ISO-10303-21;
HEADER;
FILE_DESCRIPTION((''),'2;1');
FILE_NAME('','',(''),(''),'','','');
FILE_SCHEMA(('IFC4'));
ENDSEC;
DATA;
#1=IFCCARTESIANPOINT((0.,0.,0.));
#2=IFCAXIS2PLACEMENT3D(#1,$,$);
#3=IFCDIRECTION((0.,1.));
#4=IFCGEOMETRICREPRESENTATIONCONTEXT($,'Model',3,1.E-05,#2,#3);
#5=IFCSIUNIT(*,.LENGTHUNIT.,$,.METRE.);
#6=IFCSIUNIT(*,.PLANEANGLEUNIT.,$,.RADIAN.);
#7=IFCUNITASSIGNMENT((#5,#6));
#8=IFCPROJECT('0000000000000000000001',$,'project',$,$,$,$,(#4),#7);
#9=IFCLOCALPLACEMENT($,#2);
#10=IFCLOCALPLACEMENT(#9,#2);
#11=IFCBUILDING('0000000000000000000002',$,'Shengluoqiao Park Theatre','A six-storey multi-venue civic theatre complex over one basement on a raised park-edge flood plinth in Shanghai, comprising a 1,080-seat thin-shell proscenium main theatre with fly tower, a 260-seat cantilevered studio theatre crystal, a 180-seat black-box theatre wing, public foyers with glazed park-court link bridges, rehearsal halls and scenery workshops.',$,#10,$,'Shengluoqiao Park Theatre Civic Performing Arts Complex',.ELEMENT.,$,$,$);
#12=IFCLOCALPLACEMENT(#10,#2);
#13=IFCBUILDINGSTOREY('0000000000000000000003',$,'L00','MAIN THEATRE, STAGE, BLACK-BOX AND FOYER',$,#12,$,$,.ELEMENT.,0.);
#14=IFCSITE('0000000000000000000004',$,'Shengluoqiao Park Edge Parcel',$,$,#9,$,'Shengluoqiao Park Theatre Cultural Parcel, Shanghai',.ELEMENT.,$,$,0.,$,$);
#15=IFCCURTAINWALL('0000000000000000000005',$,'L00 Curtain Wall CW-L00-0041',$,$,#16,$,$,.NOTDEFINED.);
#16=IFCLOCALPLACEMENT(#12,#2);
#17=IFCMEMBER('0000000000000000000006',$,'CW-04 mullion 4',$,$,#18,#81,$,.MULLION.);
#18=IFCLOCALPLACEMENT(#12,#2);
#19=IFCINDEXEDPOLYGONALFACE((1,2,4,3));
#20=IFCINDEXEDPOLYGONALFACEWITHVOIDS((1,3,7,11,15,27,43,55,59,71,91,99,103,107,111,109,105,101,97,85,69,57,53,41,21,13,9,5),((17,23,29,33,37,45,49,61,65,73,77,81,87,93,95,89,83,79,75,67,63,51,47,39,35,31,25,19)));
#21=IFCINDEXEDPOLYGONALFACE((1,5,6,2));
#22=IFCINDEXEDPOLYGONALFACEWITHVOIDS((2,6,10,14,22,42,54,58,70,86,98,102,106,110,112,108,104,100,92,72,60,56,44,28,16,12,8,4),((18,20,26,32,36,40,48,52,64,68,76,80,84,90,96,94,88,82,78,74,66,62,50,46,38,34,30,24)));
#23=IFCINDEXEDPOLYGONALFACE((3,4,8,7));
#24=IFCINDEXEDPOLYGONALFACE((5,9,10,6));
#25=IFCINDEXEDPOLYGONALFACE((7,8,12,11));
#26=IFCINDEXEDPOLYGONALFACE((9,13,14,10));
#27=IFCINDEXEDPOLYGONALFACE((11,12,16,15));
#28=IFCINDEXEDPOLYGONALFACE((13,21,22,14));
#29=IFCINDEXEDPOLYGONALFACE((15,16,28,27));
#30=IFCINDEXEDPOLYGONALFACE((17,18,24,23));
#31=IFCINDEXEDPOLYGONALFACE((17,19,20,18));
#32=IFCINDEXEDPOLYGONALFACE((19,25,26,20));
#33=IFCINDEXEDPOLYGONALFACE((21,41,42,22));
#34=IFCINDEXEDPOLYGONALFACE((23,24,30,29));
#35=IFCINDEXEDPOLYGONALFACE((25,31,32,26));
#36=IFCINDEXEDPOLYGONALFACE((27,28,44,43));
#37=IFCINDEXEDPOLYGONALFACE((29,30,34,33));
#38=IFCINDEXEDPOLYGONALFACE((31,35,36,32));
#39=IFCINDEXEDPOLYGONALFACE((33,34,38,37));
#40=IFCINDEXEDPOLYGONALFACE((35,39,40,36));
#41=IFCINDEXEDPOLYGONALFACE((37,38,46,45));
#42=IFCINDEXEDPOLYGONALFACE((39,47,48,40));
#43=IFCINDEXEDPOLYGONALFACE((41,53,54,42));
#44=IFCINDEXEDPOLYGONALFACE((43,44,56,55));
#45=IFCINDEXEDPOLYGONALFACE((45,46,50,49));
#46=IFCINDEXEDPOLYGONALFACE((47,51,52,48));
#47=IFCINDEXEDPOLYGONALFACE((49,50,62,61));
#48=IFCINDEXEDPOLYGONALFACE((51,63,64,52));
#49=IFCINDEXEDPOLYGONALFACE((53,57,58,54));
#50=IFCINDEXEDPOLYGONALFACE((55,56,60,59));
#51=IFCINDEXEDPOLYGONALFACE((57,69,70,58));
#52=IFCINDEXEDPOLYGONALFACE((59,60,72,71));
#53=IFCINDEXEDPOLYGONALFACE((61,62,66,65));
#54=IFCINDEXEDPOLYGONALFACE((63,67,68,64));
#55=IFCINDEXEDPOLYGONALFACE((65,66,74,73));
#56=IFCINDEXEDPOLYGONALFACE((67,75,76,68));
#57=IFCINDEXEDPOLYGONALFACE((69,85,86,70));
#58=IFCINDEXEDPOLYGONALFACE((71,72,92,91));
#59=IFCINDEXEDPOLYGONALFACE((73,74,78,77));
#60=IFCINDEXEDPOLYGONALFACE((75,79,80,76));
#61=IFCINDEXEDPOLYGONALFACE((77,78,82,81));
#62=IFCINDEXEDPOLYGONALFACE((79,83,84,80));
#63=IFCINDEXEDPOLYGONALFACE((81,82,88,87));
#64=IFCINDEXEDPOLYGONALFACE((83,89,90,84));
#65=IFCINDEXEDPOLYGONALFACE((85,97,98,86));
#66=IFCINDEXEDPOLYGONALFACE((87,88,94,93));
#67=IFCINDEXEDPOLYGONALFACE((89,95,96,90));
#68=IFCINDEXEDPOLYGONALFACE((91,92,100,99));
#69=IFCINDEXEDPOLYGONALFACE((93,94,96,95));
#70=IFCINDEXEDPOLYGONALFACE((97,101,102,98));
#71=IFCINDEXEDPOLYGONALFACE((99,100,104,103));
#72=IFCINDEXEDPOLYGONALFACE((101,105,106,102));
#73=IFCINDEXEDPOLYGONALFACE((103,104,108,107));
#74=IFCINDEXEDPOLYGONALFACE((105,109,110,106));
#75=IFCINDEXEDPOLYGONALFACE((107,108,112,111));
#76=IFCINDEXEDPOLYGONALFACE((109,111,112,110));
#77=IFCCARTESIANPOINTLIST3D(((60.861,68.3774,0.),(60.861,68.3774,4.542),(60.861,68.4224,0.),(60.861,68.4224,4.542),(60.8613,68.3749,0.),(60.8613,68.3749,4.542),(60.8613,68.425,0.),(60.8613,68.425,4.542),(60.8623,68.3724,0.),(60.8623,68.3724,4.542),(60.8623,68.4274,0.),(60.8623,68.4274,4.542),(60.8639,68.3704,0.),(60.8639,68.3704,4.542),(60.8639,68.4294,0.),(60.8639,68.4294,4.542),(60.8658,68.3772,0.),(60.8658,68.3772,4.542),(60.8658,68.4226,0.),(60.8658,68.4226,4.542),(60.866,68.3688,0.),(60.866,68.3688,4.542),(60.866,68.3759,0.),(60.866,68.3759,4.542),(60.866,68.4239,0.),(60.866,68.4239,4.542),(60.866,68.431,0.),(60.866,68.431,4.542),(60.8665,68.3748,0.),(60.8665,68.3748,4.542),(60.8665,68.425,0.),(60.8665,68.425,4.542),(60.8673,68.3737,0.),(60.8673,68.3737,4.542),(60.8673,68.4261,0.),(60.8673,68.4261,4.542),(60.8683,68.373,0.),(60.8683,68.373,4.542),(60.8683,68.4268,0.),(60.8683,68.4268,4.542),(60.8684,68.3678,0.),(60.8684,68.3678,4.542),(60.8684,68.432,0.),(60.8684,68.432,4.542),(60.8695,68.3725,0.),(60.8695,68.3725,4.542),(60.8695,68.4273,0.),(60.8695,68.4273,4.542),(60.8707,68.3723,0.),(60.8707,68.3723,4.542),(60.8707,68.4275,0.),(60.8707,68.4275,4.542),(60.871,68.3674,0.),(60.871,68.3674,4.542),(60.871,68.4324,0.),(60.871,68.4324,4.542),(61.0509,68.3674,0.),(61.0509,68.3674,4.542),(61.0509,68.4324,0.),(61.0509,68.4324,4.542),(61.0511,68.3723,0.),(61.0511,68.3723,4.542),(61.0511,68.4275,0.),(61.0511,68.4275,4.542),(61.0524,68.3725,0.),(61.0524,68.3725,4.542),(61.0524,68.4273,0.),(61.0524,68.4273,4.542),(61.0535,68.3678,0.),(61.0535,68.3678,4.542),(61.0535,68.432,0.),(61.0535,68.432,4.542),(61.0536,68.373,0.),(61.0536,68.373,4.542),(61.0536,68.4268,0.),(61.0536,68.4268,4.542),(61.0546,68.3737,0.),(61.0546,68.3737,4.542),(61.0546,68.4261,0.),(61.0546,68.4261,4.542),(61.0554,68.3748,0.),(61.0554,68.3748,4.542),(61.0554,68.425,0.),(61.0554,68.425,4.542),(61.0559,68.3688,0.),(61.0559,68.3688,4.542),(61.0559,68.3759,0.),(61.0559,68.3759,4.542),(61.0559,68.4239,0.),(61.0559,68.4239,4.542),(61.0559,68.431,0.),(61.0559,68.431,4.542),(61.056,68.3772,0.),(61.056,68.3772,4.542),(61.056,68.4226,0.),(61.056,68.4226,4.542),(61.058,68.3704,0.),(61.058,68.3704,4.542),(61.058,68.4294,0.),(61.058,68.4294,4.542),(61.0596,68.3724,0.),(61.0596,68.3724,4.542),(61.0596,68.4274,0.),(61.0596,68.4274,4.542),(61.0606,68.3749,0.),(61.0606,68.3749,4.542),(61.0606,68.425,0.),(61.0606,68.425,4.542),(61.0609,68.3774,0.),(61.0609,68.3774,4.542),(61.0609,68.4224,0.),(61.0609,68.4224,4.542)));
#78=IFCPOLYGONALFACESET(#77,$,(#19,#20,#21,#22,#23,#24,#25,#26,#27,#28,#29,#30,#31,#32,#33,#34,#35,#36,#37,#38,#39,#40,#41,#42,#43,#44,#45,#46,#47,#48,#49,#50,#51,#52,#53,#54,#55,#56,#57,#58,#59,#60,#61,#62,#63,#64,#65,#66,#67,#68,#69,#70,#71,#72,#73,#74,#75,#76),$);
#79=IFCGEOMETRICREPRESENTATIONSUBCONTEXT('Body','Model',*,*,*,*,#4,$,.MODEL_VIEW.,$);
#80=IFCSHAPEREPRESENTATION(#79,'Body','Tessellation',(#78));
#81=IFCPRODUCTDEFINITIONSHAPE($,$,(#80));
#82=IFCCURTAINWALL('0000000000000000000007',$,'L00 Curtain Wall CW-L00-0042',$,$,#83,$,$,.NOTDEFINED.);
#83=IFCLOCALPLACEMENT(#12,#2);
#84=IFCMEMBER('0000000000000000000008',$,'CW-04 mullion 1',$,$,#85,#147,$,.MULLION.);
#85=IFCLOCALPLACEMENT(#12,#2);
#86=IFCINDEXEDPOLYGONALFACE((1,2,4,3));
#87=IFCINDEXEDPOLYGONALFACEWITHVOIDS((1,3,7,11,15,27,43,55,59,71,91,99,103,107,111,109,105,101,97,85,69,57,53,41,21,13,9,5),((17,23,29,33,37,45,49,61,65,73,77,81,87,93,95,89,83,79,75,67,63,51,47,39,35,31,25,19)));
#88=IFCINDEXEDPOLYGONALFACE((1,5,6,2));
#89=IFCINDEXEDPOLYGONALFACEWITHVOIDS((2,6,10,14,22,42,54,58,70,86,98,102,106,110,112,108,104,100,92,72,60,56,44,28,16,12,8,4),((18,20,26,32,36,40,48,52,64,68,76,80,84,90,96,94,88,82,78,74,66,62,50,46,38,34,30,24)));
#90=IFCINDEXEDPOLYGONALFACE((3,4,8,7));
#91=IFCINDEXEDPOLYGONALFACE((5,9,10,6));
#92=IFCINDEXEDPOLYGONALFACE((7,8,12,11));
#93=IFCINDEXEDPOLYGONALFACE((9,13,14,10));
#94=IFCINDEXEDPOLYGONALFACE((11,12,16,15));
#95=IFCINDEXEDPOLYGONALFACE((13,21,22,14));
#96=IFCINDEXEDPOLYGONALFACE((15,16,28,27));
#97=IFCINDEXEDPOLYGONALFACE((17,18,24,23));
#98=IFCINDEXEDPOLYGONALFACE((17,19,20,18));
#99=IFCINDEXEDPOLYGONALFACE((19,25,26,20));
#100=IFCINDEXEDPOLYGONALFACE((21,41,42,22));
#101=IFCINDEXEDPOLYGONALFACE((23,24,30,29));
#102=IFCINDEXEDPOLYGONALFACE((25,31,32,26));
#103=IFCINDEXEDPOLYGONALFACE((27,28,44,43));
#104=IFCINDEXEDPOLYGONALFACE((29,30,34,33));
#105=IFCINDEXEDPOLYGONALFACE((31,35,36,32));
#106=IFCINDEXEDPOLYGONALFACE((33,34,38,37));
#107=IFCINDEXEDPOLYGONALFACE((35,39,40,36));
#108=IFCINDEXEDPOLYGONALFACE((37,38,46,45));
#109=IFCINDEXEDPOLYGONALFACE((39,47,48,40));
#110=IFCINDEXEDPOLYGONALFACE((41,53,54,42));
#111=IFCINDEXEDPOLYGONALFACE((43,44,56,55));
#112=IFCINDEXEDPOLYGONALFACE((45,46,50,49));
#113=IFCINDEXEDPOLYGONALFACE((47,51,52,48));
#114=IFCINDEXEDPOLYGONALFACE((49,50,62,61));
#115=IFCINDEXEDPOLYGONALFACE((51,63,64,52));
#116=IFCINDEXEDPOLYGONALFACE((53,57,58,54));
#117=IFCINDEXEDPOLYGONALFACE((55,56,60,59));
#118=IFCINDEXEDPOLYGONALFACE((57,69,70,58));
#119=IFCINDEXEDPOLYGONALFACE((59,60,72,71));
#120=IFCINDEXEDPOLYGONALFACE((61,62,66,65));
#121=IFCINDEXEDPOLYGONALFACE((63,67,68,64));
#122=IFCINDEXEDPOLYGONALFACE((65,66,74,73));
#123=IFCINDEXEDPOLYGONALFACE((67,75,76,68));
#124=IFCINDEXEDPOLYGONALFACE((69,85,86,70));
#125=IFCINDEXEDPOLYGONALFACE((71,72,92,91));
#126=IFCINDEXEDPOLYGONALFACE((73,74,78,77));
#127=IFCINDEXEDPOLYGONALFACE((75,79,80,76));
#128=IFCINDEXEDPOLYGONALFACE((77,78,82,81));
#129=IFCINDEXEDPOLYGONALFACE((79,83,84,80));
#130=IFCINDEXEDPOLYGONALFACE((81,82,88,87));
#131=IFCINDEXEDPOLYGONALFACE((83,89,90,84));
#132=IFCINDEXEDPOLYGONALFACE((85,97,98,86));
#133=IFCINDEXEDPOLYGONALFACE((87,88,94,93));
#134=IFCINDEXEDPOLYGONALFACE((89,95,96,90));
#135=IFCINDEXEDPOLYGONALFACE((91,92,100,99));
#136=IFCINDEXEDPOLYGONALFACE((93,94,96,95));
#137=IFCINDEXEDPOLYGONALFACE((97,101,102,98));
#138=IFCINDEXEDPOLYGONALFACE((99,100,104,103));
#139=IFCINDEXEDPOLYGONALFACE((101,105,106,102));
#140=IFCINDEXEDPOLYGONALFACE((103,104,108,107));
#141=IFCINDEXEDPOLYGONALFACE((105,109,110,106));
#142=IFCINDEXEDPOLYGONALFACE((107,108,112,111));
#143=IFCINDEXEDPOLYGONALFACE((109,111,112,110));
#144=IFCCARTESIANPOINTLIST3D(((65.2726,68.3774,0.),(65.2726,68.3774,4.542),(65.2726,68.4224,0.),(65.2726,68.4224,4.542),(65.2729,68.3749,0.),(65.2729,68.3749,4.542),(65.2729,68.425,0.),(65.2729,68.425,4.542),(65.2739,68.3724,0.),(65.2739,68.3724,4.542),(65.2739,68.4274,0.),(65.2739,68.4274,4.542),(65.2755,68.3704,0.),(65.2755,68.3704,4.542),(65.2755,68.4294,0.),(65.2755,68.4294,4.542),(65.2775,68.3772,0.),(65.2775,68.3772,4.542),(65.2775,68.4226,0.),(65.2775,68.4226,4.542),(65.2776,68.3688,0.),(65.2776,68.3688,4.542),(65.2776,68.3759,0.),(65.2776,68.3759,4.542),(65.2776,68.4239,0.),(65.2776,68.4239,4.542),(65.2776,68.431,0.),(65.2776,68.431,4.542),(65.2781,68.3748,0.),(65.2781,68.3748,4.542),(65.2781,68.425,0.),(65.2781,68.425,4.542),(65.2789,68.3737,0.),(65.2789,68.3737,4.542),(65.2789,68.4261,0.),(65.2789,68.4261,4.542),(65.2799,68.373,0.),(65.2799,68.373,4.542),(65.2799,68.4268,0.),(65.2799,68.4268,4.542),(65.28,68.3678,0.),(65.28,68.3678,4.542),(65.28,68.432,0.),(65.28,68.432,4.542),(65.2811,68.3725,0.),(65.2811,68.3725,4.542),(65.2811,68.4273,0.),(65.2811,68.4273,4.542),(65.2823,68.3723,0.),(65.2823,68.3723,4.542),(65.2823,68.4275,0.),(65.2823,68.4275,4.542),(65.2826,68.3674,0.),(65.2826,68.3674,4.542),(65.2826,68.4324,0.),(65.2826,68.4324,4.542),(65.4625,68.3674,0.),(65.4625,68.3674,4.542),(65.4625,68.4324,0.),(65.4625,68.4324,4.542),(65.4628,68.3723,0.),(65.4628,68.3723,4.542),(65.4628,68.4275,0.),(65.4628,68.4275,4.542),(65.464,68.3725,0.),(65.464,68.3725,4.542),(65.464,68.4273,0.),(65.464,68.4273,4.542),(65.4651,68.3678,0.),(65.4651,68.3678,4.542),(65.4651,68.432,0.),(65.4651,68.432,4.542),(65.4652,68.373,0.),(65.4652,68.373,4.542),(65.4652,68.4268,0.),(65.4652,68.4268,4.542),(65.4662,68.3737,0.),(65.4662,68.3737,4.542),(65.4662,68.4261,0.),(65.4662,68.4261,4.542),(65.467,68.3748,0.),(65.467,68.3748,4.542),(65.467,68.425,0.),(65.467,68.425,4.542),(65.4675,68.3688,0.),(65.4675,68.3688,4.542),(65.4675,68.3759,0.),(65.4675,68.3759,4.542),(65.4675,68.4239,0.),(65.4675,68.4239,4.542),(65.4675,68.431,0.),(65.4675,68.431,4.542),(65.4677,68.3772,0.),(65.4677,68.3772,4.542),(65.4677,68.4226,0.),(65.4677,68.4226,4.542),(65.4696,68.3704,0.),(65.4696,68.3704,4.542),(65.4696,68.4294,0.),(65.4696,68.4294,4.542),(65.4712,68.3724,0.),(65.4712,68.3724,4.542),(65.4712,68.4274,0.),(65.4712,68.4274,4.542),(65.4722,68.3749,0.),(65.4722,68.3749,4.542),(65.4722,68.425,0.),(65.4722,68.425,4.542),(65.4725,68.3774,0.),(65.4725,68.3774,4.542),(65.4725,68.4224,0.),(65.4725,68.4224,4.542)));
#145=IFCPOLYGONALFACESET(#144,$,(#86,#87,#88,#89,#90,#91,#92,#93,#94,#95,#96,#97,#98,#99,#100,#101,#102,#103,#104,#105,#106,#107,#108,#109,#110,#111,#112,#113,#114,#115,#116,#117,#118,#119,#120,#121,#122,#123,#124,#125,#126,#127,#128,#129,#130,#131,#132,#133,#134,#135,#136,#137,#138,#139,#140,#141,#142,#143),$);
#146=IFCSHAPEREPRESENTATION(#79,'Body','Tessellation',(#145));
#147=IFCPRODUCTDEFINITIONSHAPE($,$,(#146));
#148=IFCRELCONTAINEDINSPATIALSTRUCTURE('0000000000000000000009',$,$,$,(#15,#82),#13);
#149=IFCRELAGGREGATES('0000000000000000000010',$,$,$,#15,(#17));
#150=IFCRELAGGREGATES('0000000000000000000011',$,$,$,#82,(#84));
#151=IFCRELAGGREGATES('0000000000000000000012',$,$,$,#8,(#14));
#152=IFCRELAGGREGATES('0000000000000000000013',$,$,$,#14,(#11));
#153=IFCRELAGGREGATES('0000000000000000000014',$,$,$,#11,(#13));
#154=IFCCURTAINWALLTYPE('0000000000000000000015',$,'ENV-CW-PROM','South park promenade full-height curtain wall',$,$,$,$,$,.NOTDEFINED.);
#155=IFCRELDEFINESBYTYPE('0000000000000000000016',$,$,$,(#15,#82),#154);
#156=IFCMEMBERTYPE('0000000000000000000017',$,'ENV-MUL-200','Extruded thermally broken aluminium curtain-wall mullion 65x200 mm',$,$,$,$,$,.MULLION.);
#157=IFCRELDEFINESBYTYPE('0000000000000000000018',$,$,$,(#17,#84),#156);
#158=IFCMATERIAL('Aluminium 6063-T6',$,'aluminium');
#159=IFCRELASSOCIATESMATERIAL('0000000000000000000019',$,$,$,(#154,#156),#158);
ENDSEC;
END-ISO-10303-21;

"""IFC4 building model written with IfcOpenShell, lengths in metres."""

from ifc_helpers import new_model, si_unit, direction, frame, origin, origin_2d, place, context, subcontext, project, spatial, hollow_rectangle, extrude, material, material_profile, profile_set, type_object, element, aggregate, save


model = new_model("IFC4")

# Units and contexts
model_context = context("Model", 3, precision=1e-05, world=origin(), true_north=direction((0.0, 1.0)))
body_context = subcontext(model_context, "Body", "Model", "MODEL_VIEW")
ifc_project = project(units=[si_unit("LENGTHUNIT", "METRE"), si_unit("PLANEANGLEUNIT", "RADIAN")], contexts=[model_context])

# Site, building, storey
site_placement = place(None, origin())
site = spatial("IfcSite", under=ifc_project, at=site_placement, Name="Shengluoqiao Park Edge Parcel", LongName="Shengluoqiao Park Theatre Cultural Parcel, Shanghai", CompositionType="ELEMENT", RefElevation=0.0)
building_placement = place(site_placement, origin())
building = spatial("IfcBuilding", under=site, at=building_placement, Name="Shengluoqiao Park Theatre", Description="A six-storey multi-venue civic theatre complex over one basement on a raised park-edge flood plinth in Shanghai, comprising a 1,080-seat thin-shell proscenium main theatre with fly tower, a 260-seat cantilevered studio theatre crystal, a 180-seat black-box theatre wing, public foyers with glazed park-court link bridges, rehearsal halls and scenery workshops.", LongName="Shengluoqiao Park Theatre Civic Performing Arts Complex", CompositionType="ELEMENT")
storey_placement = place(building_placement, origin())
storey = spatial("IfcBuildingStorey", under=building, at=storey_placement, Name="L00", Description="MAIN THEATRE, STAGE, BLACK-BOX AND FOYER", CompositionType="ELEMENT", Elevation=0.0)

# Curtain walls, members
ifc_material_1 = material(Name="Aluminium 6063-T6", Category="aluminium")
curtain_wall_type = type_object("IfcCurtainWallType", Name="ENV-CW-PROM", Description="South park promenade full-height curtain wall", PredefinedType="NOTDEFINED", material=ifc_material_1)
curtain_wall_1_placement = place(storey_placement, origin())
curtain_wall_1 = element("IfcCurtainWall", 1, at=curtain_wall_1_placement, inside=storey, type_object=curtain_wall_type, Name="L00 Curtain Wall CW-L00-0041", PredefinedType="NOTDEFINED")
ifc_material_profile_1 = material_profile(ifc_material_1, hollow_rectangle(XDim=0.0649, YDim=0.2, WallThickness=0.0049, InnerFilletRadius=0.0049, OuterFilletRadius=0.01, at=origin_2d()), Name="ALU MULLION 200x65x5")
ifc_profile_set_1 = profile_set([ifc_material_profile_1], Name="Aluminium 6063-T6")
member_type_1 = type_object("IfcMemberType", Name="ENV-MUL-200", Description="Extruded thermally broken aluminium curtain-wall mullion 65x200 mm", PredefinedType="MULLION", material=ifc_profile_set_1)
member_1_placement = place(storey_placement, frame((60.9609, 68.3999, 0.0), z_axis=(0.0, 0.0, 1.0), x_axis=(0.0, 1.0, 0.0)))
member_1 = element("IfcMember", 2, at=member_1_placement, type_object=member_type_1, Name="CW-04 mullion 4", PredefinedType="MULLION", context=body_context, shape_type="SweptSolid", body=[
    extrude(hollow_rectangle(XDim=0.0649, YDim=0.2, WallThickness=0.0049, InnerFilletRadius=0.0049, OuterFilletRadius=0.01, at=origin_2d()), origin(), (0.0, 0.0, 1.0), 4.542),
])
curtain_wall_2_placement = place(storey_placement, origin())
curtain_wall_2 = element("IfcCurtainWall", 3, at=curtain_wall_2_placement, inside=storey, type_object=curtain_wall_type, Name="L00 Curtain Wall CW-L00-0042", PredefinedType="NOTDEFINED")
member_2_placement = place(storey_placement, frame((65.3726, 68.3999, 0.0), z_axis=(0.0, 0.0, 1.0), x_axis=(0.0, 1.0, 0.0)))
member_2 = element("IfcMember", 4, at=member_2_placement, type_object=member_type_1, Name="CW-04 mullion 1", PredefinedType="MULLION", context=body_context, shape_type="SweptSolid", body=[
    extrude(hollow_rectangle(XDim=0.0649, YDim=0.2, WallThickness=0.0049, InnerFilletRadius=0.0049, OuterFilletRadius=0.01, at=origin_2d()), origin(), (0.0, 0.0, 1.0), 4.542),
])

aggregate(curtain_wall_1, [member_1])
aggregate(curtain_wall_2, [member_2])

save(model, "model.ifc")
